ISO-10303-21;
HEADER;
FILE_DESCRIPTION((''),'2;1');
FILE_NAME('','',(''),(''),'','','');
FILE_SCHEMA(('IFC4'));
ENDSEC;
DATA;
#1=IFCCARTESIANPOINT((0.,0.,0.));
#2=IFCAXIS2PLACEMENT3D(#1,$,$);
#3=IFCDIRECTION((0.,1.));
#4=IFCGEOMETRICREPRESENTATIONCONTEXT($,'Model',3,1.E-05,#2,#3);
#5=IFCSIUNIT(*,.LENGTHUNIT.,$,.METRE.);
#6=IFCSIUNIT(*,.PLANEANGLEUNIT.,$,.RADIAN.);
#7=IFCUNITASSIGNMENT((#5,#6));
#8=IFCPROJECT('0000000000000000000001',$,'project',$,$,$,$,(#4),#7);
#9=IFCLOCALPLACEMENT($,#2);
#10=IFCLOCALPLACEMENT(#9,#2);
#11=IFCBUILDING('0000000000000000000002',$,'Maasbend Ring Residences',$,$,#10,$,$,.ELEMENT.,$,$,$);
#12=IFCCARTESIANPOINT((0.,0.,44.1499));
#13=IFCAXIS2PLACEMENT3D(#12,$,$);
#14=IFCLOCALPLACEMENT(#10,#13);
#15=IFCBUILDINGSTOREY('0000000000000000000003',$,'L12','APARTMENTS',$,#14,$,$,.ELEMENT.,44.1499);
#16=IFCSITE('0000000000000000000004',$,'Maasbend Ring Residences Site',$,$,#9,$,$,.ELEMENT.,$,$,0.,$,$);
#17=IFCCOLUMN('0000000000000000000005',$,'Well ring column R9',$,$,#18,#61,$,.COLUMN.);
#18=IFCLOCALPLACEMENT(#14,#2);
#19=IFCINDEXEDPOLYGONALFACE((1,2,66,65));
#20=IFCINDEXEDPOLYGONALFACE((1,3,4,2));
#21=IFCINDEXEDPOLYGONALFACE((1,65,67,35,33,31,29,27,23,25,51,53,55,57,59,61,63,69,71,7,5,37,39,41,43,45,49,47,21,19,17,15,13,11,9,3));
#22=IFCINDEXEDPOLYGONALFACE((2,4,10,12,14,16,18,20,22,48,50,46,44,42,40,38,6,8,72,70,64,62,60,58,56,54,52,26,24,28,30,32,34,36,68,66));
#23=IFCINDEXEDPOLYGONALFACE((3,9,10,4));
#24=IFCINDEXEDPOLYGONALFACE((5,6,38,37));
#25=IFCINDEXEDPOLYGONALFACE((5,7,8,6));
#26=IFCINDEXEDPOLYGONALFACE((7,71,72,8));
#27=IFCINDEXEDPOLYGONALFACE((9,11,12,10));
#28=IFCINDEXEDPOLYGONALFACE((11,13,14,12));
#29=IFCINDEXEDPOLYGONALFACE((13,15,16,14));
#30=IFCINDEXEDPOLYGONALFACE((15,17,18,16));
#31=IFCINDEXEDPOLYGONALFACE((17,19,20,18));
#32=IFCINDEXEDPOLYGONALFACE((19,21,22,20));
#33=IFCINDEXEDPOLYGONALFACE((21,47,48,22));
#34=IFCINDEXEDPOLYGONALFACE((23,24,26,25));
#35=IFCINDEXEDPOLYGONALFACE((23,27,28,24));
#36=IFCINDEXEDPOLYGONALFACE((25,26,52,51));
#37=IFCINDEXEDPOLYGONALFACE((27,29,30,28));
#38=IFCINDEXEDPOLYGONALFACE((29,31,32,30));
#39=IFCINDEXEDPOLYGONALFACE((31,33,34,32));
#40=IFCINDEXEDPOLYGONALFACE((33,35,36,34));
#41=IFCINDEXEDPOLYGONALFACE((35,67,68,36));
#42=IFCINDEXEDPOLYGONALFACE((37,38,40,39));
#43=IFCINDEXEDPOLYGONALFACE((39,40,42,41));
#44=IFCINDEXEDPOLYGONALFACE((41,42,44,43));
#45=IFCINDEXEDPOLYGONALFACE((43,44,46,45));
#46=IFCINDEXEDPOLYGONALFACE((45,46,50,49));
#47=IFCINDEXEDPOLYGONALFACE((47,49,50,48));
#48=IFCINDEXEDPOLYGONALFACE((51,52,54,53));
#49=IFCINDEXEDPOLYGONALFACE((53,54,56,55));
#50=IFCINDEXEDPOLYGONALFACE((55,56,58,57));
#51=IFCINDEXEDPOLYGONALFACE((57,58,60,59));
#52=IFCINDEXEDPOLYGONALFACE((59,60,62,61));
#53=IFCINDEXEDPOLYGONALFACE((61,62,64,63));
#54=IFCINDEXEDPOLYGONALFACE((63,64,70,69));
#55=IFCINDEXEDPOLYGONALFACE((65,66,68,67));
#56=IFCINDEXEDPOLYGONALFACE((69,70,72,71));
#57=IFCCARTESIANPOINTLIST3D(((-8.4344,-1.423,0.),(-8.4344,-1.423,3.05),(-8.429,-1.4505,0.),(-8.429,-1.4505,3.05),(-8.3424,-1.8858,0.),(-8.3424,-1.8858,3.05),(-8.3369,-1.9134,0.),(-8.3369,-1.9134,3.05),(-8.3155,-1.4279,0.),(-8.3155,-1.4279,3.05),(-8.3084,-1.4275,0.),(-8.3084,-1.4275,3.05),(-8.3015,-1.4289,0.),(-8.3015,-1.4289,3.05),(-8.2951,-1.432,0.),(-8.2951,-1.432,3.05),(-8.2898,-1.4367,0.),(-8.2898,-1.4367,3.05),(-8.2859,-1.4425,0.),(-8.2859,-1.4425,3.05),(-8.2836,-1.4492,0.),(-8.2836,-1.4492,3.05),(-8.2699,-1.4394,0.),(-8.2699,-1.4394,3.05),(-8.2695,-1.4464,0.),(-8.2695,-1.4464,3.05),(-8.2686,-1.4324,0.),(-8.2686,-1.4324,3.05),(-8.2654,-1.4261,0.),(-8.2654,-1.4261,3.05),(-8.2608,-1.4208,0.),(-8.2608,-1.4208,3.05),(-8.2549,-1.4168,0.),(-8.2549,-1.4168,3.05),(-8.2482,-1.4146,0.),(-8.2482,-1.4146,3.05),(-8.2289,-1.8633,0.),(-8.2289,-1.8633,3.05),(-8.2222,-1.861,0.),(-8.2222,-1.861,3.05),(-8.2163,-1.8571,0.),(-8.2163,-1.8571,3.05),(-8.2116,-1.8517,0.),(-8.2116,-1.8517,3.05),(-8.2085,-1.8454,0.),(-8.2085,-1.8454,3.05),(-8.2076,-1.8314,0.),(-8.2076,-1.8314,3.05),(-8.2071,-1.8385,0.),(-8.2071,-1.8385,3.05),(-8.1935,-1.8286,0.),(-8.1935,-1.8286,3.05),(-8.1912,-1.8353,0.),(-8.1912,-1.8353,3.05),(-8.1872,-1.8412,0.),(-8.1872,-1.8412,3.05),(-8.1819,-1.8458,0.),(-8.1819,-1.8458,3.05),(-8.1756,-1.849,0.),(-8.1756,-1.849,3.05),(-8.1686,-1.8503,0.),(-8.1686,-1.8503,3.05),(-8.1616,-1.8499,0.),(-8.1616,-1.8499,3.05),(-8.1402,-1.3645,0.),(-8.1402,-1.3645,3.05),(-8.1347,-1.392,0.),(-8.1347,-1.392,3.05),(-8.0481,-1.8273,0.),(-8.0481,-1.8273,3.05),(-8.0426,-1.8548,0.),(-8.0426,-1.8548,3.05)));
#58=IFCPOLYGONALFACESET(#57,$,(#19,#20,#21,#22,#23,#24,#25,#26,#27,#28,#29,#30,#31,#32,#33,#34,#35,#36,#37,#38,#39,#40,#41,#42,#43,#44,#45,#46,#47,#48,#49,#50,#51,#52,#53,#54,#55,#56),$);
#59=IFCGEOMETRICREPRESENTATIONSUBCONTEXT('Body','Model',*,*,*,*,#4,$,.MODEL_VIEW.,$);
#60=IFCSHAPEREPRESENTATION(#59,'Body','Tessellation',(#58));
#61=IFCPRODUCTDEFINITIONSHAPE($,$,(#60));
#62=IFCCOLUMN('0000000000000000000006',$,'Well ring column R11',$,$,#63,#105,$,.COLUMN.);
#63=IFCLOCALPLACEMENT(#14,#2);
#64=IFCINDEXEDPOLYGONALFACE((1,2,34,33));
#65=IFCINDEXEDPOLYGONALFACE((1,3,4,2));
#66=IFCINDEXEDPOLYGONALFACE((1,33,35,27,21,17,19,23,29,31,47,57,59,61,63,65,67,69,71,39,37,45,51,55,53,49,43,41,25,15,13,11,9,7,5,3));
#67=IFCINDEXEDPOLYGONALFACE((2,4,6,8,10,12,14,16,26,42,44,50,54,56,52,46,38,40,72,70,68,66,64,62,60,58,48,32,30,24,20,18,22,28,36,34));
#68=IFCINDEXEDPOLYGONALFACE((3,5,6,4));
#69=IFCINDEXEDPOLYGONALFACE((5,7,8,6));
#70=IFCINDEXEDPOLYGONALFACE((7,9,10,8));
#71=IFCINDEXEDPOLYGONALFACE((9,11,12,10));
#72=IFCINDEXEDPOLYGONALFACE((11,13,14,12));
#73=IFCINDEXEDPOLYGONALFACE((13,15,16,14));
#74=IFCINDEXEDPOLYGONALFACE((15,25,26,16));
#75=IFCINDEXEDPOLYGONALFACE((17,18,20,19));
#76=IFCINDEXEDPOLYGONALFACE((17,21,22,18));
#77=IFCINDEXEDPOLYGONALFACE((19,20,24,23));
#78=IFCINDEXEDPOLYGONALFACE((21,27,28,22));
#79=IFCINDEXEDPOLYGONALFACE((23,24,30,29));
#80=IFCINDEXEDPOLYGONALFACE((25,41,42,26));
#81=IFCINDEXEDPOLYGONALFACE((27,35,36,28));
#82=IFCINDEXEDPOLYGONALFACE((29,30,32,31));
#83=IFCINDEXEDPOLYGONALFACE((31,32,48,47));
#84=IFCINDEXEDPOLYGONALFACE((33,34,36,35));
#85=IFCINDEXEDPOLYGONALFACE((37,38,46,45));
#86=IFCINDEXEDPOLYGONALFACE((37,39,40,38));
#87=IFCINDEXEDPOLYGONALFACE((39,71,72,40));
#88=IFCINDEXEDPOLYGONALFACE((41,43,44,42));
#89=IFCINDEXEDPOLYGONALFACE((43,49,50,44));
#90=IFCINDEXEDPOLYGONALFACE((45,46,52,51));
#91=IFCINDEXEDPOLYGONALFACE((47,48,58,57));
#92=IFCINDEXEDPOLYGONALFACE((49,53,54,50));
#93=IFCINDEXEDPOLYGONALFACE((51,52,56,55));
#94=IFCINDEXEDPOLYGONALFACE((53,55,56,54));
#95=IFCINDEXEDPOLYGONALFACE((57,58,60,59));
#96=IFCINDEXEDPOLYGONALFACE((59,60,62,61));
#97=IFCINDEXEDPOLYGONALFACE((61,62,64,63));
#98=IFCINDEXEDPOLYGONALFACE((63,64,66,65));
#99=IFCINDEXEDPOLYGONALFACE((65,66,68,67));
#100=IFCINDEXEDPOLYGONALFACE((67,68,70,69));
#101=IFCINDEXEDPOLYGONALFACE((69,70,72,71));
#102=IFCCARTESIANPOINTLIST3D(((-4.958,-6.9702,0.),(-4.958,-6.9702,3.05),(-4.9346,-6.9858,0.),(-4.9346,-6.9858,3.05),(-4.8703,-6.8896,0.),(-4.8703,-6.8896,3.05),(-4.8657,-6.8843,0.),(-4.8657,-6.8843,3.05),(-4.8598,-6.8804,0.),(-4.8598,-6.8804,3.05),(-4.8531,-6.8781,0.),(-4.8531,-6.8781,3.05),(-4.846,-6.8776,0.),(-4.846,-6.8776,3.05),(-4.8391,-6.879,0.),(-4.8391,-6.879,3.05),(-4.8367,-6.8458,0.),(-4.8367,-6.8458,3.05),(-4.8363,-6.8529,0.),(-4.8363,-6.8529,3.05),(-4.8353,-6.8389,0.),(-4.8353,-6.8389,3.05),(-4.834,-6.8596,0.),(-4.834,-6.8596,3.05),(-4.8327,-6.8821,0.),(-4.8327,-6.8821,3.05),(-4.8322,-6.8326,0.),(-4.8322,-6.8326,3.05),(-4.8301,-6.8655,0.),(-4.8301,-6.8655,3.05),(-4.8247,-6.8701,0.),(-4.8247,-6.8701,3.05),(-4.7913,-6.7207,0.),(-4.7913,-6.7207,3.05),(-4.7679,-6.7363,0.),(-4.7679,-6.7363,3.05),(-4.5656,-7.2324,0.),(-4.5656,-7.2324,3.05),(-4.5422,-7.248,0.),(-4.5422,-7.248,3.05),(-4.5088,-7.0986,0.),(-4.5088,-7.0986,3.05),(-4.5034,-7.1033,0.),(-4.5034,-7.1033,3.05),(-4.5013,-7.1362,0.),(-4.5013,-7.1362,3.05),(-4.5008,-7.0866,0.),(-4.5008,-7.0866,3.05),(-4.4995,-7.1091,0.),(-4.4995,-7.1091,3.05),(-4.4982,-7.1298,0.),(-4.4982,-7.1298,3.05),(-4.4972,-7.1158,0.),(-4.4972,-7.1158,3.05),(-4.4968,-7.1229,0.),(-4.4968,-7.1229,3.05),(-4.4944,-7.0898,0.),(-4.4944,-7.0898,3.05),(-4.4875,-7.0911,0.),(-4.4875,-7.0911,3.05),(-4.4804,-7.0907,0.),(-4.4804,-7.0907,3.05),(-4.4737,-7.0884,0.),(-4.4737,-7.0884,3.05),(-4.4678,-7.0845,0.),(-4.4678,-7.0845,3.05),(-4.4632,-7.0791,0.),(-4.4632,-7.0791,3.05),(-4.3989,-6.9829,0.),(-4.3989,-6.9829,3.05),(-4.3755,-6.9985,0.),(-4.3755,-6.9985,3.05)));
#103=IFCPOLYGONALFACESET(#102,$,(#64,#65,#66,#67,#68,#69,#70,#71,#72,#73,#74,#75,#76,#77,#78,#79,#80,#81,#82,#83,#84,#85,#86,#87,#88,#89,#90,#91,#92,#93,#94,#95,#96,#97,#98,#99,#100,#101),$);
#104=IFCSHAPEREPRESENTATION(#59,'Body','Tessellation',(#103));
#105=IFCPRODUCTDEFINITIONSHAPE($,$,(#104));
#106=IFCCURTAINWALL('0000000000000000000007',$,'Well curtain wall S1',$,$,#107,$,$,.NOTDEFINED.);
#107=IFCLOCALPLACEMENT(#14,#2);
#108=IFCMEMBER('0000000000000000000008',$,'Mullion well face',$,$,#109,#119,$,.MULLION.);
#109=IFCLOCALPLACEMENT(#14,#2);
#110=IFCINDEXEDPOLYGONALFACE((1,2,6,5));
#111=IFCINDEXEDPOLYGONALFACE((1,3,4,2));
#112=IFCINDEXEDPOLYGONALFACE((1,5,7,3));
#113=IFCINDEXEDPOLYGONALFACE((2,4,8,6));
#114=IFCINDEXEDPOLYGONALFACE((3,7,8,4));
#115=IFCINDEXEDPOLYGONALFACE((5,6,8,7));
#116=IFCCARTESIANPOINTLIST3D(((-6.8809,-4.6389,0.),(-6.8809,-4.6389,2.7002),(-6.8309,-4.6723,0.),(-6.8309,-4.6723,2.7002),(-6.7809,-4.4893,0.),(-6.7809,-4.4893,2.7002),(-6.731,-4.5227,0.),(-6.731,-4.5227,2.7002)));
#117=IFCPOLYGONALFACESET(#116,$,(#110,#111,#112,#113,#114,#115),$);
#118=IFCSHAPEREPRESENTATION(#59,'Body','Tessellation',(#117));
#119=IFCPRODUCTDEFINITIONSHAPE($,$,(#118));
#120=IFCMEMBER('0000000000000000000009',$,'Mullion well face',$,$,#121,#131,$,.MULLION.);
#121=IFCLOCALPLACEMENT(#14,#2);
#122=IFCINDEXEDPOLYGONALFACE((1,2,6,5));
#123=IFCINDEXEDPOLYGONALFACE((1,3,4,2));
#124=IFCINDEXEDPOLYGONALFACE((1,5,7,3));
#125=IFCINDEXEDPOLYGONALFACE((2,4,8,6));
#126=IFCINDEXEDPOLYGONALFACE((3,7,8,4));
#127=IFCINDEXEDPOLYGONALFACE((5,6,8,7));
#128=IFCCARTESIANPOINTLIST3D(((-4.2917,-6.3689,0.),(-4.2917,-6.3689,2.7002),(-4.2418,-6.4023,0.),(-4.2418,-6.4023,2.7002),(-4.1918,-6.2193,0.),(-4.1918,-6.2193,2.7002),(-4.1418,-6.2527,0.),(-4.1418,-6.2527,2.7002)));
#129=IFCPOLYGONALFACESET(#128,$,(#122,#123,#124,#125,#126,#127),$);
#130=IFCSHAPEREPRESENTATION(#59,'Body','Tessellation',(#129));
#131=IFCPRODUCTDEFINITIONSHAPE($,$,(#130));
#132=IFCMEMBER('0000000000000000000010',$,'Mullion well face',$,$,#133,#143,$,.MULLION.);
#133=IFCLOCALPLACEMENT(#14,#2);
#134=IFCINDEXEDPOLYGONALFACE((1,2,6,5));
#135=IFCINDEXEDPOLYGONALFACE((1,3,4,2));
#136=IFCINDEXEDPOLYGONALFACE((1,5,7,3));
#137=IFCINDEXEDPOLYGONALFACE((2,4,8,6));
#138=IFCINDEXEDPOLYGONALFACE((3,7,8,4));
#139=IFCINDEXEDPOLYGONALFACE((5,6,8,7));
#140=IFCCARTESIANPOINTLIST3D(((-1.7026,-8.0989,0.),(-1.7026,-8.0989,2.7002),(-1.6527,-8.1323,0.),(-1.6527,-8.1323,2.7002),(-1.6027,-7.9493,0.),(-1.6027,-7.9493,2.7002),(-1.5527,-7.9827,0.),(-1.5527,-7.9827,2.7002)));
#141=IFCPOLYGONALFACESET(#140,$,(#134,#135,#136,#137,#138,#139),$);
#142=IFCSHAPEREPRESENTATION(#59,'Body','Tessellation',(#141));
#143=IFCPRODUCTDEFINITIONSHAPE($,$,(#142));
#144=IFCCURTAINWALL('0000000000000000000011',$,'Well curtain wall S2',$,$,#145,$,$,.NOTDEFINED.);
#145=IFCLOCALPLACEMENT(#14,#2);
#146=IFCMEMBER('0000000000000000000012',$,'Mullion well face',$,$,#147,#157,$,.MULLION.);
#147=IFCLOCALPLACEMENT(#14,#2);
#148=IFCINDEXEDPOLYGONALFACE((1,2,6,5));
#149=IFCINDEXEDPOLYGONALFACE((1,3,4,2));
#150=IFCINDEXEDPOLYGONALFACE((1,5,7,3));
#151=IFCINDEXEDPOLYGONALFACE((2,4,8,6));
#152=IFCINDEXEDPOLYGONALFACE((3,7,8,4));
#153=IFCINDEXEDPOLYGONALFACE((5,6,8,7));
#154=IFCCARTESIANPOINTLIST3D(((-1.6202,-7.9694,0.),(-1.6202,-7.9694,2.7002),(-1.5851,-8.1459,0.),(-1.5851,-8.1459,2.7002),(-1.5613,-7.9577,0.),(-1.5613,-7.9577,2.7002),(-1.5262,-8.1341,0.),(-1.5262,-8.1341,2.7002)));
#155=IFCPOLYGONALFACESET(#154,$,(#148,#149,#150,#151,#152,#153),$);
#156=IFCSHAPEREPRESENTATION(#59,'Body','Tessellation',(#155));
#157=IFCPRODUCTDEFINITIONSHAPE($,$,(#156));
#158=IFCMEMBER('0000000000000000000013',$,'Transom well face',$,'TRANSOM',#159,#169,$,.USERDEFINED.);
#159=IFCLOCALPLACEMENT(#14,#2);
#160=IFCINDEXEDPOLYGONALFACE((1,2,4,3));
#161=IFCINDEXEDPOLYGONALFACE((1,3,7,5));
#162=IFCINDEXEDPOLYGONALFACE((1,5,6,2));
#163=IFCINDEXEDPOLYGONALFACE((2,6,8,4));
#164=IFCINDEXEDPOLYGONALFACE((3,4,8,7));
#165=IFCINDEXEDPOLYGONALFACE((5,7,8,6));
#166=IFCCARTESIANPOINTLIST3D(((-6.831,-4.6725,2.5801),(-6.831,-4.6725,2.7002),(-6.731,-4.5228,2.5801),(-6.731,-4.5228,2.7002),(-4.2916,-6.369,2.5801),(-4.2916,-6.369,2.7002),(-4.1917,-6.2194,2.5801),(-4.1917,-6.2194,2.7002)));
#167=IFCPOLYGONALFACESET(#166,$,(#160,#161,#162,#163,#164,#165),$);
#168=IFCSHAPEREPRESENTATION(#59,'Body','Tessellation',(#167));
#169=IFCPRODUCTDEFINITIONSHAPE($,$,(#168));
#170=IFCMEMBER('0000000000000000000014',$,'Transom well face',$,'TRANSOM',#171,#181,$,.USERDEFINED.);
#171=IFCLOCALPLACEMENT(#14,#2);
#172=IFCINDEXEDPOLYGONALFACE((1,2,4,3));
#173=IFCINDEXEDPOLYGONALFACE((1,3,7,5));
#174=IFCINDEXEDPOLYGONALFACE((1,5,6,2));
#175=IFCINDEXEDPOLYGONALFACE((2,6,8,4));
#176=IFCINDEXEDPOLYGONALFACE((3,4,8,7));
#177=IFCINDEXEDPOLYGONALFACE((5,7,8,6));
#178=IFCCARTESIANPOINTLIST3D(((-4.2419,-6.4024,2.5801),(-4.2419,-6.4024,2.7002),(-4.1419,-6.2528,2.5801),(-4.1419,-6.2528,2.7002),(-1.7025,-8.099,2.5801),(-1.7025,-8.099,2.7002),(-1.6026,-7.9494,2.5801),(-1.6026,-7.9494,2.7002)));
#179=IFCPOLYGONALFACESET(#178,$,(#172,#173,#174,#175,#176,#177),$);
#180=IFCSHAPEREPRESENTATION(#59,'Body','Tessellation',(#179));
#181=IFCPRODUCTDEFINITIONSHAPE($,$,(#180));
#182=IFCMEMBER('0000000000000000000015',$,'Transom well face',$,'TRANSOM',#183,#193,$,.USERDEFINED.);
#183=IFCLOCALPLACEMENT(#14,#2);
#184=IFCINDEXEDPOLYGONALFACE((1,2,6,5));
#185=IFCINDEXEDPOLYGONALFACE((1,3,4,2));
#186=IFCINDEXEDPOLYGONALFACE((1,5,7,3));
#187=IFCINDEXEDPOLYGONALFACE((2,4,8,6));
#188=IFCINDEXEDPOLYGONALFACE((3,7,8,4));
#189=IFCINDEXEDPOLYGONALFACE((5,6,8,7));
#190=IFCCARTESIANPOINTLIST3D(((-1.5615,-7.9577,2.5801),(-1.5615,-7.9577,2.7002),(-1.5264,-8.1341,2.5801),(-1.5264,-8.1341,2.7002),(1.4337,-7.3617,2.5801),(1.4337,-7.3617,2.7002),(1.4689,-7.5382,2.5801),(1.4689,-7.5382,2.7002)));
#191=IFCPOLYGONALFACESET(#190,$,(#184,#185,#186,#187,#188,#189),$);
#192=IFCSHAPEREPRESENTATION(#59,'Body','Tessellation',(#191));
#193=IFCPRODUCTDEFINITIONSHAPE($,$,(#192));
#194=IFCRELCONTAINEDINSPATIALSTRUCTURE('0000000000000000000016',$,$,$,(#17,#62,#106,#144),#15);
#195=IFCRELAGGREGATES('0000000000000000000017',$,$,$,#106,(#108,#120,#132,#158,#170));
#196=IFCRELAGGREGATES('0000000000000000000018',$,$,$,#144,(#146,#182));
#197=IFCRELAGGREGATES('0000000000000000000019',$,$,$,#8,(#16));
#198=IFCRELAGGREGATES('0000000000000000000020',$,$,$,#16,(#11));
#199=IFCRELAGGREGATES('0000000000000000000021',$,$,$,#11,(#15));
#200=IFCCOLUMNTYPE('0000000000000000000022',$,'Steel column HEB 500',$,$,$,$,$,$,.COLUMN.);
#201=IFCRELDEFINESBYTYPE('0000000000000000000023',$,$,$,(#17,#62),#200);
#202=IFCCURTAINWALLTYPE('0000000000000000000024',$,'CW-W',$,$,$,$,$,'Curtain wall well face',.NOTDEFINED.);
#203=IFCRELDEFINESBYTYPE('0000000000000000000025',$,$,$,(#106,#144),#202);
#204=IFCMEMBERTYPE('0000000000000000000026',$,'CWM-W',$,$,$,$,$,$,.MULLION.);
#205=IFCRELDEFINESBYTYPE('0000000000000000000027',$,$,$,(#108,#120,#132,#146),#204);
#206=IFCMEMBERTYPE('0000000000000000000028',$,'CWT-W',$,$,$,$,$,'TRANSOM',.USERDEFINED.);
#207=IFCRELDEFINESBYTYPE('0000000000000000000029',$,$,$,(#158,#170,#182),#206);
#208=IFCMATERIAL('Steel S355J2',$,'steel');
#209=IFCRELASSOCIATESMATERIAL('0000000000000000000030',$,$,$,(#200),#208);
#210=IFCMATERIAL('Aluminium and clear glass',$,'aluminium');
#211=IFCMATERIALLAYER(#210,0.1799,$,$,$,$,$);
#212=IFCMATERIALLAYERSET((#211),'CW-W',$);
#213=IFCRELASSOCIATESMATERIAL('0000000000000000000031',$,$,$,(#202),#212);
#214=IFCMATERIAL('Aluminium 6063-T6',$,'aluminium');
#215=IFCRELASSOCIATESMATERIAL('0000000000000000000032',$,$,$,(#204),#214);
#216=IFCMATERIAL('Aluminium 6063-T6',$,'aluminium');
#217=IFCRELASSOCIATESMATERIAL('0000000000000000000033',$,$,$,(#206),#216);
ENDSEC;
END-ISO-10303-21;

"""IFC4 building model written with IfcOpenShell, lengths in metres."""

from ifc_helpers import new_model, si_unit, direction, frame, origin, origin_2d, place, context, subcontext, project, spatial, rectangle, i_section, extrude, material, layer, layer_set, material_profile, profile_set, type_object, element, aggregate, save


model = new_model("IFC4")

# Units and contexts
model_context = context("Model", 3, precision=1e-05, world=origin(), true_north=direction((0.0, 1.0)))
body_context = subcontext(model_context, "Body", "Model", "MODEL_VIEW")
ifc_project = project(units=[si_unit("LENGTHUNIT", "METRE"), si_unit("PLANEANGLEUNIT", "RADIAN")], contexts=[model_context])

# Site, building, storey
site_placement = place(None, origin())
site = spatial("IfcSite", under=ifc_project, at=site_placement, Name="Maasbend Ring Residences Site", CompositionType="ELEMENT", RefElevation=0.0)
building_placement = place(site_placement, origin())
building = spatial("IfcBuilding", under=site, at=building_placement, Name="Maasbend Ring Residences", CompositionType="ELEMENT")
storey_placement = place(building_placement, frame((0.0, 0.0, 44.1499)))
storey = spatial("IfcBuildingStorey", under=building, at=storey_placement, Name="L12", Description="APARTMENTS", CompositionType="ELEMENT", Elevation=44.1499)

# Columns
ifc_material_1 = material(Name="Steel S355J2", Category="steel")
ifc_material_profile_1 = material_profile(ifc_material_1, i_section(OverallWidth=0.3, OverallDepth=0.5, WebThickness=0.0144, FlangeThickness=0.0281, FilletRadius=0.0271, at=origin_2d()), Name="HEB 500")
ifc_profile_set_1 = profile_set([ifc_material_profile_1], Name="Steel S355J2")
column_type = type_object("IfcColumnType", Name="Steel column HEB 500", PredefinedType="COLUMN", material=ifc_profile_set_1)
for number, where, z_axis, x_axis, name in (
    (1, (-8.2385, -1.6389, 0.0), (0.0, 0.0, 1.0), (-0.980785, -0.19509, 0.0), "Well ring column R9"),
    (2, (-4.6667, -6.9844, 0.0), (0.0, 0.0, 1.0), (-0.55557, -0.83147, 0.0), "Well ring column R11"),
):
    element("IfcColumn", number, at=place(storey_placement, frame(where, z_axis=z_axis, x_axis=x_axis)), inside=storey, type_object=column_type, Name=name, PredefinedType="COLUMN", context=body_context, shape_type="SweptSolid", body=[
        extrude(i_section(OverallWidth=0.3, OverallDepth=0.5, WebThickness=0.0144, FlangeThickness=0.0281, FilletRadius=0.0271, at=origin_2d()), origin(), (0.0, 0.0, 1.0), 3.05),
    ])

# Curtain wall, members
ifc_material_2 = material(Name="Aluminium and clear glass", Category="aluminium")
ifc_layer_1 = layer(ifc_material_2, 0.1799)
ifc_layer_set_1 = layer_set([ifc_layer_1], Name="CW-W")
curtain_wall_type = type_object("IfcCurtainWallType", Name="CW-W", ElementType="Curtain wall well face", PredefinedType="NOTDEFINED", material=ifc_layer_set_1)
curtain_wall_1_placement = place(storey_placement, origin())
curtain_wall_1 = element("IfcCurtainWall", 3, at=curtain_wall_1_placement, inside=storey, type_object=curtain_wall_type, Name="Well curtain wall S1", PredefinedType="NOTDEFINED")
ifc_material_3 = material(Name="Aluminium 6063-T6", Category="aluminium")
ifc_material_profile_2 = material_profile(ifc_material_3, rectangle(XDim=0.1799, YDim=0.0601, at=origin_2d()), Name="AL 180x60")
ifc_profile_set_2 = profile_set([ifc_material_profile_2], Name="Aluminium 6063-T6")
member_type_1 = type_object("IfcMemberType", Name="CWM-W", PredefinedType="MULLION", material=ifc_profile_set_2)
member_1_placement = place(storey_placement, frame((-6.8059, -4.5808, 0.0), z_axis=(0.0, 0.0, 1.0), x_axis=(0.55557, 0.83147, 0.0)))
member_1 = element("IfcMember", 4, at=member_1_placement, type_object=member_type_1, Name="Mullion well face", PredefinedType="MULLION", context=body_context, shape_type="SweptSolid", body=[
    extrude(rectangle(XDim=0.1799, YDim=0.0601, at=origin_2d()), origin(), (0.0, 0.0, 1.0), 2.7002),
])
member_2_placement = place(storey_placement, frame((-4.2168, -6.3108, 0.0), z_axis=(0.0, 0.0, 1.0), x_axis=(0.55557, 0.83147, 0.0)))
member_2 = element("IfcMember", 5, at=member_2_placement, type_object=member_type_1, Name="Mullion well face", PredefinedType="MULLION", context=body_context, shape_type="SweptSolid", body=[
    extrude(rectangle(XDim=0.1799, YDim=0.0601, at=origin_2d()), origin(), (0.0, 0.0, 1.0), 2.7002),
])
member_3_placement = place(storey_placement, frame((-1.6277, -8.0408, 0.0), z_axis=(0.0, 0.0, 1.0), x_axis=(0.55557, 0.83147, 0.0)))
member_3 = element("IfcMember", 6, at=member_3_placement, type_object=member_type_1, Name="Mullion well face", PredefinedType="MULLION", context=body_context, shape_type="SweptSolid", body=[
    extrude(rectangle(XDim=0.1799, YDim=0.0601, at=origin_2d()), origin(), (0.0, 0.0, 1.0), 2.7002),
])

# Curtain wall, member
curtain_wall_2_placement = place(storey_placement, origin())
curtain_wall_2 = element("IfcCurtainWall", 7, at=curtain_wall_2_placement, inside=storey, type_object=curtain_wall_type, Name="Well curtain wall S2", PredefinedType="NOTDEFINED")
member_4_placement = place(storey_placement, frame((-1.5732, -8.0518, 0.0), z_axis=(0.0, 0.0, 1.0), x_axis=(-0.19509, 0.980785, 0.0)))
member_4 = element("IfcMember", 8, at=member_4_placement, type_object=member_type_1, Name="Mullion well face", PredefinedType="MULLION", context=body_context, shape_type="SweptSolid", body=[
    extrude(rectangle(XDim=0.1799, YDim=0.0601, at=origin_2d()), origin(), (0.0, 0.0, 1.0), 2.7002),
])

# Members
ifc_material_4 = material(Name="Aluminium 6063-T6", Category="aluminium")
ifc_material_profile_3 = material_profile(ifc_material_4, rectangle(XDim=0.1799, YDim=0.1201, at=origin_2d()), Name="AL 180x120")
ifc_profile_set_3 = profile_set([ifc_material_profile_3], Name="Aluminium 6063-T6")
member_type_2 = type_object("IfcMemberType", Name="CWT-W", ElementType="TRANSOM", PredefinedType="USERDEFINED", material=ifc_profile_set_3)
member_5_placement = place(storey_placement, frame((-6.781, -4.5977, 2.6401), z_axis=(0.831496, -0.55553, 0.0), x_axis=(0.55553, 0.831496, 0.0)))
member_5 = element("IfcMember", 9, at=member_5_placement, type_object=member_type_2, Name="Transom well face", ObjectType="TRANSOM", PredefinedType="USERDEFINED", context=body_context, shape_type="SweptSolid", body=[
    extrude(rectangle(XDim=0.1799, YDim=0.1201, at=origin_2d()), origin(), (0.0, 0.0, 1.0), 3.054),
])
member_6_placement = place(storey_placement, frame((-4.1919, -6.3276, 2.6401), z_axis=(0.831496, -0.55553, 0.0), x_axis=(0.55553, 0.831496, 0.0)))
member_6 = element("IfcMember", 10, at=member_6_placement, type_object=member_type_2, Name="Transom well face", ObjectType="TRANSOM", PredefinedType="USERDEFINED", context=body_context, shape_type="SweptSolid", body=[
    extrude(rectangle(XDim=0.1799, YDim=0.1201, at=origin_2d()), origin(), (0.0, 0.0, 1.0), 3.054),
])
member_7_placement = place(storey_placement, frame((-1.5439, -8.0459, 2.6401), z_axis=(0.980777, 0.195132, 0.0), x_axis=(-0.195132, 0.980777, 0.0)))
member_7 = element("IfcMember", 11, at=member_7_placement, type_object=member_type_2, Name="Transom well face", ObjectType="TRANSOM", PredefinedType="USERDEFINED", context=body_context, shape_type="SweptSolid", body=[
    extrude(rectangle(XDim=0.1799, YDim=0.1201, at=origin_2d()), origin(), (0.0, 0.0, 1.0), 3.054),
])

aggregate(curtain_wall_1, [member_1, member_2, member_3, member_5, member_6])
aggregate(curtain_wall_2, [member_4, member_7])

save(model, "model.ifc")
